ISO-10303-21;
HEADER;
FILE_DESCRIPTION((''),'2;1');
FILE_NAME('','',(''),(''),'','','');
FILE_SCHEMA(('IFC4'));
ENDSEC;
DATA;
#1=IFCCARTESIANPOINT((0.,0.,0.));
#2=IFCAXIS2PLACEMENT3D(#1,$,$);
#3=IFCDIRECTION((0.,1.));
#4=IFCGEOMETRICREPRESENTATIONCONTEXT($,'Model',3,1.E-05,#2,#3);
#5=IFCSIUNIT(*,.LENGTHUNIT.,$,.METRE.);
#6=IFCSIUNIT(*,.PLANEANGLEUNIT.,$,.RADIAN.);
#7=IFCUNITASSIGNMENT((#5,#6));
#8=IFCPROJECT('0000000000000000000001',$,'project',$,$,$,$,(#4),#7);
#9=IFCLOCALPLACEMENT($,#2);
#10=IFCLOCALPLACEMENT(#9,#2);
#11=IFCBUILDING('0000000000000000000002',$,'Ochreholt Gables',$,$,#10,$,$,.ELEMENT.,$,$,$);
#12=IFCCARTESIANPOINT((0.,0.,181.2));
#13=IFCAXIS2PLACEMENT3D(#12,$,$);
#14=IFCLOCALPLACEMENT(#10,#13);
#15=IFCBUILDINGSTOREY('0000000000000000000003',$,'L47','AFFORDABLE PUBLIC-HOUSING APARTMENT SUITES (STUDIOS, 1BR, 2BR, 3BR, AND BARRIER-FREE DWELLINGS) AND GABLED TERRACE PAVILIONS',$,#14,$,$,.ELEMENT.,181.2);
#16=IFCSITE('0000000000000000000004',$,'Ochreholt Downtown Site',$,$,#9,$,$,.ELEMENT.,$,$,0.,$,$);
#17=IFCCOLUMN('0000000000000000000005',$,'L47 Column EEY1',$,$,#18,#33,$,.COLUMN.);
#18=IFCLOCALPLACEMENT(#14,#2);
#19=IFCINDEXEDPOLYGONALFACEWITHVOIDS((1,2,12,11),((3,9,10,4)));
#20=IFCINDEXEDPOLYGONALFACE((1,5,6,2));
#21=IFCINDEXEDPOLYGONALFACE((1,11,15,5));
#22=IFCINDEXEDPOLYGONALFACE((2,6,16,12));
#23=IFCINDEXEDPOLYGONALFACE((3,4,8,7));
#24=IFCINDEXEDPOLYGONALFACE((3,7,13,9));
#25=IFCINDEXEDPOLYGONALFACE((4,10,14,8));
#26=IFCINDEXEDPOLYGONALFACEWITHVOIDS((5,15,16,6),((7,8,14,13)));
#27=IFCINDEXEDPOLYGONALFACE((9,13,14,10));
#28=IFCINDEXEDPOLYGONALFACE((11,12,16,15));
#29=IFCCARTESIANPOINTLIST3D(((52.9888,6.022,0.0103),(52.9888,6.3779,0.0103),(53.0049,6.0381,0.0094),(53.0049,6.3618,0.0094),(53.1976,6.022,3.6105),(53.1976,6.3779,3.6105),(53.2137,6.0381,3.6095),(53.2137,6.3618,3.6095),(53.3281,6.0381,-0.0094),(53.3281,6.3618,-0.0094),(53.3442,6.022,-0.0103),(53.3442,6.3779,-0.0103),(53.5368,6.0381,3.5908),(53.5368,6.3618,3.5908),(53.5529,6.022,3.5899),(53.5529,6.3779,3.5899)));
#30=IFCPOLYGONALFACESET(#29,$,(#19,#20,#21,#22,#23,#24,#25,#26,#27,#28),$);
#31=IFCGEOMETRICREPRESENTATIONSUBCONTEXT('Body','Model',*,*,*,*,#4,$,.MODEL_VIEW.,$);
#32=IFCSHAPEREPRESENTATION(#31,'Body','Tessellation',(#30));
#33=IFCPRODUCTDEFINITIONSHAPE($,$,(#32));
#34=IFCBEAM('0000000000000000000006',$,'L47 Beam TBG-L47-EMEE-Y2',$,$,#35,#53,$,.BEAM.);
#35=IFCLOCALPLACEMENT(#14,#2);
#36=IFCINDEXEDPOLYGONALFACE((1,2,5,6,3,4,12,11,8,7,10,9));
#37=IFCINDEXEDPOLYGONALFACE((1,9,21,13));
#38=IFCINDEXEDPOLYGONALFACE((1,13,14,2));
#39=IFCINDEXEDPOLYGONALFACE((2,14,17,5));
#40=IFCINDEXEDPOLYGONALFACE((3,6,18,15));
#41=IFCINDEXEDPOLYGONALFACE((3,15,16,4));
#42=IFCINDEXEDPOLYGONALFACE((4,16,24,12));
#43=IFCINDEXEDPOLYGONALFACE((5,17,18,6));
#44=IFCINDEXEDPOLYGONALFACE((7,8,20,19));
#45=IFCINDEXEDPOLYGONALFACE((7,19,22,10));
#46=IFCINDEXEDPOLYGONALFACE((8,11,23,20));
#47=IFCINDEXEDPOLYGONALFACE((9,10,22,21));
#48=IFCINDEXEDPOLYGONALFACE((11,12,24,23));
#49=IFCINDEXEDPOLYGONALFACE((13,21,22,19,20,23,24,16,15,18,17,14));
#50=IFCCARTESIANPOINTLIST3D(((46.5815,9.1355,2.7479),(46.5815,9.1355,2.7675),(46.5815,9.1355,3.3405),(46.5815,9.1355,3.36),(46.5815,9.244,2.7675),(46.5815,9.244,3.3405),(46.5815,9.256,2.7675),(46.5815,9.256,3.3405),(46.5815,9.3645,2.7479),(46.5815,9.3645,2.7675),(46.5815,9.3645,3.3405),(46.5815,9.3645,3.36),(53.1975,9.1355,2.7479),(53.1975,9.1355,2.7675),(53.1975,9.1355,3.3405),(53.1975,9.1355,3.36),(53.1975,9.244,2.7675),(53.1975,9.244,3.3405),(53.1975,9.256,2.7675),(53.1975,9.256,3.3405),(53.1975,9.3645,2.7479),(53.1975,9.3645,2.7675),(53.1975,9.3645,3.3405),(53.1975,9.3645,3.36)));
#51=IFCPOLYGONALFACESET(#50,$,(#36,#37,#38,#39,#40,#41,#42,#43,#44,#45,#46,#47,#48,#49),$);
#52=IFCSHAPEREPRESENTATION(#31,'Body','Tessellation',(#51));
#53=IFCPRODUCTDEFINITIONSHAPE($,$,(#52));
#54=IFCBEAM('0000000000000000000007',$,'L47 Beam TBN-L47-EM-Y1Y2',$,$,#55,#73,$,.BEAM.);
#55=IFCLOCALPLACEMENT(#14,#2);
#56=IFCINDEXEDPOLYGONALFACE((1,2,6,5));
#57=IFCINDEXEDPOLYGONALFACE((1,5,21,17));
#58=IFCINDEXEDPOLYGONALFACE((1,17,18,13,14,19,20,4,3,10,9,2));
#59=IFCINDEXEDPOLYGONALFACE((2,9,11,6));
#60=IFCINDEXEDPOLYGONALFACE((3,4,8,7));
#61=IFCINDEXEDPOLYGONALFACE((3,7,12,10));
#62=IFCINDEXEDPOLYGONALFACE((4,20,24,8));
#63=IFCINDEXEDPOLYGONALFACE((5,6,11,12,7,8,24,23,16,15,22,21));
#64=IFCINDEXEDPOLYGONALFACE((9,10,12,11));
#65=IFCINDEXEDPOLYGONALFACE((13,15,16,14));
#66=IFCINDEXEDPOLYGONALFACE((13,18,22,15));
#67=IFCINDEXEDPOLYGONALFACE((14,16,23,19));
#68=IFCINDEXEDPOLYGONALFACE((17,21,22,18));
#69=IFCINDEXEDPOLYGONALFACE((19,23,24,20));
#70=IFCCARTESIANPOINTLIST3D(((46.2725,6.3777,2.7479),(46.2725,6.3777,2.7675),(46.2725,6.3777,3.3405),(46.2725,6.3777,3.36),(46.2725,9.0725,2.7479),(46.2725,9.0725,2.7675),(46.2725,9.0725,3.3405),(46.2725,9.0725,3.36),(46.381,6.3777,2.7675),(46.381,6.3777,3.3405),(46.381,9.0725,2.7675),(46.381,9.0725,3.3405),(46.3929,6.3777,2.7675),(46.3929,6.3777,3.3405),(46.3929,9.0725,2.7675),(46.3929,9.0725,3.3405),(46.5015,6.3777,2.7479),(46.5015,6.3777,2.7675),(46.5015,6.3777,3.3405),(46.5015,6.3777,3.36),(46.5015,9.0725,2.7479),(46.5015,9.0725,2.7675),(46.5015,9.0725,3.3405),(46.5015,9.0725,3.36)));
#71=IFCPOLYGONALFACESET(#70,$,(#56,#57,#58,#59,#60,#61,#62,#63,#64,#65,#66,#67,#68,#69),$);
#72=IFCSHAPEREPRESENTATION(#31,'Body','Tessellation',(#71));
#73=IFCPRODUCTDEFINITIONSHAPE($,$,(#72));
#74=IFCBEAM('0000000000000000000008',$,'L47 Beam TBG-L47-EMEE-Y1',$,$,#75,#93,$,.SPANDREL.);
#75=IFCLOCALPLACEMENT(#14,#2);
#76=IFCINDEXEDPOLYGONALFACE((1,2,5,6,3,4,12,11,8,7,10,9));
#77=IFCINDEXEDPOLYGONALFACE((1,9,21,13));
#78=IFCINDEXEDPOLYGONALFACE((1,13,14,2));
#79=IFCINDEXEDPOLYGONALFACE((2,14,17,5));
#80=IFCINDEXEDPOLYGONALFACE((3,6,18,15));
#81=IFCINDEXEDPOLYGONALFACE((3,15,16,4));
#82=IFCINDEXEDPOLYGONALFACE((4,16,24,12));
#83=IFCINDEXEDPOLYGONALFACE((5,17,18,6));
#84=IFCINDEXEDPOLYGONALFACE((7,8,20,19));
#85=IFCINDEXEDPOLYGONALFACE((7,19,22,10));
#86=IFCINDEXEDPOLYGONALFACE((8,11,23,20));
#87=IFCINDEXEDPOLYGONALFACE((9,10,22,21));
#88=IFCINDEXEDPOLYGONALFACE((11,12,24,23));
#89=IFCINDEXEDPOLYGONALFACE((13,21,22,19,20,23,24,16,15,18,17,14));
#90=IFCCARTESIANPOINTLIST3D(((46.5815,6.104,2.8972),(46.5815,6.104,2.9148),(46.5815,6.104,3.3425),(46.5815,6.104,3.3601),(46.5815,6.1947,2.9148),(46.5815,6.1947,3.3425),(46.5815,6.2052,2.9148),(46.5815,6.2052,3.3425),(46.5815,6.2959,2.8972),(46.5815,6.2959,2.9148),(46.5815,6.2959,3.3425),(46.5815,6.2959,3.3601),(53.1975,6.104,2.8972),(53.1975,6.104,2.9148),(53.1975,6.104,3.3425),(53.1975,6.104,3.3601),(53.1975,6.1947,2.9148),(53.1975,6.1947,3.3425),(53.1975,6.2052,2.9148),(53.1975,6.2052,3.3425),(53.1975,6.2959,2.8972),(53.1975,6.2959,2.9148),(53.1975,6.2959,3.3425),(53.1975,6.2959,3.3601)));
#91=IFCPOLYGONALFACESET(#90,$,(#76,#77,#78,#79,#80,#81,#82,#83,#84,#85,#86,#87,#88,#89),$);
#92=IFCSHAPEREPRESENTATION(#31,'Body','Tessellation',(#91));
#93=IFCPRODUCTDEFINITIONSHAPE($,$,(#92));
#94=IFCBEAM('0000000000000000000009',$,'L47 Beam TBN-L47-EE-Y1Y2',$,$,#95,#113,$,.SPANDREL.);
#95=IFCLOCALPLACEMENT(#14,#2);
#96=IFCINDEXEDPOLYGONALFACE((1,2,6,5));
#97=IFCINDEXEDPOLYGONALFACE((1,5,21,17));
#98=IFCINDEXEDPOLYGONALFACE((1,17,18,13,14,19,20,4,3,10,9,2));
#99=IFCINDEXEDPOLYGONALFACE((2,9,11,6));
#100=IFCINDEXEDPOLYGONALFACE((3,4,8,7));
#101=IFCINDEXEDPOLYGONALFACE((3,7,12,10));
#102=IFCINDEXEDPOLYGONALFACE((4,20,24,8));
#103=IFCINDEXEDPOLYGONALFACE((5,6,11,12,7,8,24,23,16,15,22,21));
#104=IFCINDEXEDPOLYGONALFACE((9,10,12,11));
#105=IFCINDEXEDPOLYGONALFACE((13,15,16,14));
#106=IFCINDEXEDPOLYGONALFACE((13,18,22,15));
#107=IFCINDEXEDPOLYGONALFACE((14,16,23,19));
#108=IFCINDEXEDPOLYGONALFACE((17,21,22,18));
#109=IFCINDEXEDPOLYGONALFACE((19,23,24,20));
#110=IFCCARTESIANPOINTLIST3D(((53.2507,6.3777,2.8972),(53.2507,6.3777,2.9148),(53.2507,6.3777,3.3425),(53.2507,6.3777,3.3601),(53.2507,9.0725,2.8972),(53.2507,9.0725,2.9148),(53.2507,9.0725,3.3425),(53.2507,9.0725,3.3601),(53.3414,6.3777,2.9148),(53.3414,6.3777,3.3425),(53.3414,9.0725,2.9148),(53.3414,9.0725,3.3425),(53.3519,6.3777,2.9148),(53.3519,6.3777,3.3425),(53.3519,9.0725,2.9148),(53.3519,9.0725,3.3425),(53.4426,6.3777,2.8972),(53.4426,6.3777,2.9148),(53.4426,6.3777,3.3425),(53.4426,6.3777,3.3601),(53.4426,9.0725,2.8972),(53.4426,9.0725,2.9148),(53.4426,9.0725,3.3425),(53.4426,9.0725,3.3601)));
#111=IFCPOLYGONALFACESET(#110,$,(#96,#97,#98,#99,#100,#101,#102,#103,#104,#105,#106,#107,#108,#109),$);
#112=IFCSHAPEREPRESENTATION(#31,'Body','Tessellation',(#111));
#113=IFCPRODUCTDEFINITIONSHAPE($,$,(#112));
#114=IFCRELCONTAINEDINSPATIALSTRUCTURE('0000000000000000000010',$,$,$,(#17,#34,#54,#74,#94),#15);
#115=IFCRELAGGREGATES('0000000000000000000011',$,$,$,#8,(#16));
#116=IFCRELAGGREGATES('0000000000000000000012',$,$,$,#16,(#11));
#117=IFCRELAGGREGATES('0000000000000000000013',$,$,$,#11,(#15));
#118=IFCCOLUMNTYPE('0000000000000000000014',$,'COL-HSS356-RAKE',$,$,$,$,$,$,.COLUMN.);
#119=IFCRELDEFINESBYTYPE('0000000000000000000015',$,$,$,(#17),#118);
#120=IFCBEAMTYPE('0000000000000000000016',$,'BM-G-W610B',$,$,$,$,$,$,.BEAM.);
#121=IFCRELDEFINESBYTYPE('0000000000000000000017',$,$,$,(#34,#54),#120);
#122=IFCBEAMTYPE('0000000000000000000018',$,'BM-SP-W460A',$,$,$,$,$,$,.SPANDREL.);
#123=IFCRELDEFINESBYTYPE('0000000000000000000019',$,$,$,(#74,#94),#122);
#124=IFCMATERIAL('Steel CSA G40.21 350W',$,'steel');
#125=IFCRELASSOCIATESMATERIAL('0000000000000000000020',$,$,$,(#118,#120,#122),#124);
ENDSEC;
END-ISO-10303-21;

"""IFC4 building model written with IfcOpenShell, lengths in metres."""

from ifc_helpers import new_model, si_unit, direction, frame, origin, origin_2d, place, context, subcontext, project, spatial, hollow_rectangle, i_section, extrude, material, material_profile, profile_set, type_object, element, save


model = new_model("IFC4")

# Units and contexts
model_context = context("Model", 3, precision=1e-05, world=origin(), true_north=direction((0.0, 1.0)))
body_context = subcontext(model_context, "Body", "Model", "MODEL_VIEW")
ifc_project = project(units=[si_unit("LENGTHUNIT", "METRE"), si_unit("PLANEANGLEUNIT", "RADIAN")], contexts=[model_context])

# Site, building, storey
site_placement = place(None, origin())
site = spatial("IfcSite", under=ifc_project, at=site_placement, Name="Ochreholt Downtown Site", CompositionType="ELEMENT", RefElevation=0.0)
building_placement = place(site_placement, origin())
building = spatial("IfcBuilding", under=site, at=building_placement, Name="Ochreholt Gables", CompositionType="ELEMENT")
storey_placement = place(building_placement, frame((0.0, 0.0, 181.2)))
storey = spatial("IfcBuildingStorey", under=building, at=storey_placement, Name="L47", Description="AFFORDABLE PUBLIC-HOUSING APARTMENT SUITES (STUDIOS, 1BR, 2BR, 3BR, AND BARRIER-FREE DWELLINGS) AND GABLED TERRACE PAVILIONS", CompositionType="ELEMENT", Elevation=181.2)

# Column
ifc_material_1 = material(Name="Steel CSA G40.21 350W", Category="steel")
ifc_material_profile_1 = material_profile(ifc_material_1, hollow_rectangle(XDim=0.356, YDim=0.356, WallThickness=0.0161, at=origin_2d()), Name="HSS356X356X16")
ifc_profile_set_1 = profile_set([ifc_material_profile_1], Name="Steel CSA G40.21 350W")
column_type = type_object("IfcColumnType", Name="COL-HSS356-RAKE", PredefinedType="COLUMN", material=ifc_profile_set_1)
column_placement = place(storey_placement, frame((53.1665, 6.2, 0.0), z_axis=(0.057885, 0.0, 0.998323), x_axis=(0.0, 1.0, 0.0)))
element("IfcColumn", 1, at=column_placement, inside=storey, type_object=column_type, Name="L47 Column EEY1", PredefinedType="COLUMN", context=body_context, shape_type="SweptSolid", body=[
    extrude(hollow_rectangle(XDim=0.356, YDim=0.356, WallThickness=0.0161, at=origin_2d()), origin(), (0.0, 0.0, 1.0), 3.6062),
])

# Beams
ifc_material_profile_2 = material_profile(ifc_material_1, i_section(OverallWidth=0.229, OverallDepth=0.6121, WebThickness=0.012, FlangeThickness=0.0195, at=origin_2d()), Name="W610X125")
ifc_profile_set_2 = profile_set([ifc_material_profile_2], Name="Steel CSA G40.21 350W")
beam_type_1 = type_object("IfcBeamType", Name="BM-G-W610B", PredefinedType="BEAM", material=ifc_profile_set_2)
beam_1_placement = place(storey_placement, frame((46.5815, 9.25, 3.054), z_axis=(1.0, 0.0, 0.0), x_axis=(0.0, 1.0, 0.0)))
element("IfcBeam", 2, at=beam_1_placement, inside=storey, type_object=beam_type_1, Name="L47 Beam TBG-L47-EMEE-Y2", PredefinedType="BEAM", context=body_context, shape_type="SweptSolid", body=[
    extrude(i_section(OverallWidth=0.229, OverallDepth=0.6121, WebThickness=0.012, FlangeThickness=0.0195, at=origin_2d()), origin(), (0.0, 0.0, 1.0), 6.616),
])
beam_2_placement = place(storey_placement, frame((46.387, 6.3777, 3.054), z_axis=(0.0, 1.0, 0.0), x_axis=(-1.0, 0.0, 0.0)))
element("IfcBeam", 3, at=beam_2_placement, inside=storey, type_object=beam_type_1, Name="L47 Beam TBN-L47-EM-Y1Y2", PredefinedType="BEAM", context=body_context, shape_type="SweptSolid", body=[
    extrude(i_section(OverallWidth=0.229, OverallDepth=0.6121, WebThickness=0.012, FlangeThickness=0.0195, at=origin_2d()), origin(), (0.0, 0.0, 1.0), 2.6948),
])
ifc_material_profile_3 = material_profile(ifc_material_1, i_section(OverallWidth=0.1919, OverallDepth=0.4629, WebThickness=0.0105, FlangeThickness=0.0176, at=origin_2d()), Name="W460X89")
ifc_profile_set_3 = profile_set([ifc_material_profile_3], Name="Steel CSA G40.21 350W")
beam_type_2 = type_object("IfcBeamType", Name="BM-SP-W460A", PredefinedType="SPANDREL", material=ifc_profile_set_3)
beam_3_placement = place(storey_placement, frame((46.5815, 6.2, 3.1287), z_axis=(1.0, 0.0, 0.0), x_axis=(0.0, 1.0, 0.0)))
element("IfcBeam", 4, at=beam_3_placement, inside=storey, type_object=beam_type_2, Name="L47 Beam TBG-L47-EMEE-Y1", PredefinedType="SPANDREL", context=body_context, shape_type="SweptSolid", body=[
    extrude(i_section(OverallWidth=0.1919, OverallDepth=0.4629, WebThickness=0.0105, FlangeThickness=0.0176, at=origin_2d()), origin(), (0.0, 0.0, 1.0), 6.616),
])
beam_4_placement = place(storey_placement, frame((53.3467, 6.3777, 3.1287), z_axis=(0.0, 1.0, 0.0), x_axis=(-1.0, 0.0, 0.0)))
element("IfcBeam", 5, at=beam_4_placement, inside=storey, type_object=beam_type_2, Name="L47 Beam TBN-L47-EE-Y1Y2", PredefinedType="SPANDREL", context=body_context, shape_type="SweptSolid", body=[
    extrude(i_section(OverallWidth=0.1919, OverallDepth=0.4629, WebThickness=0.0105, FlangeThickness=0.0176, at=origin_2d()), origin(), (0.0, 0.0, 1.0), 2.6948),
])

save(model, "model.ifc")
